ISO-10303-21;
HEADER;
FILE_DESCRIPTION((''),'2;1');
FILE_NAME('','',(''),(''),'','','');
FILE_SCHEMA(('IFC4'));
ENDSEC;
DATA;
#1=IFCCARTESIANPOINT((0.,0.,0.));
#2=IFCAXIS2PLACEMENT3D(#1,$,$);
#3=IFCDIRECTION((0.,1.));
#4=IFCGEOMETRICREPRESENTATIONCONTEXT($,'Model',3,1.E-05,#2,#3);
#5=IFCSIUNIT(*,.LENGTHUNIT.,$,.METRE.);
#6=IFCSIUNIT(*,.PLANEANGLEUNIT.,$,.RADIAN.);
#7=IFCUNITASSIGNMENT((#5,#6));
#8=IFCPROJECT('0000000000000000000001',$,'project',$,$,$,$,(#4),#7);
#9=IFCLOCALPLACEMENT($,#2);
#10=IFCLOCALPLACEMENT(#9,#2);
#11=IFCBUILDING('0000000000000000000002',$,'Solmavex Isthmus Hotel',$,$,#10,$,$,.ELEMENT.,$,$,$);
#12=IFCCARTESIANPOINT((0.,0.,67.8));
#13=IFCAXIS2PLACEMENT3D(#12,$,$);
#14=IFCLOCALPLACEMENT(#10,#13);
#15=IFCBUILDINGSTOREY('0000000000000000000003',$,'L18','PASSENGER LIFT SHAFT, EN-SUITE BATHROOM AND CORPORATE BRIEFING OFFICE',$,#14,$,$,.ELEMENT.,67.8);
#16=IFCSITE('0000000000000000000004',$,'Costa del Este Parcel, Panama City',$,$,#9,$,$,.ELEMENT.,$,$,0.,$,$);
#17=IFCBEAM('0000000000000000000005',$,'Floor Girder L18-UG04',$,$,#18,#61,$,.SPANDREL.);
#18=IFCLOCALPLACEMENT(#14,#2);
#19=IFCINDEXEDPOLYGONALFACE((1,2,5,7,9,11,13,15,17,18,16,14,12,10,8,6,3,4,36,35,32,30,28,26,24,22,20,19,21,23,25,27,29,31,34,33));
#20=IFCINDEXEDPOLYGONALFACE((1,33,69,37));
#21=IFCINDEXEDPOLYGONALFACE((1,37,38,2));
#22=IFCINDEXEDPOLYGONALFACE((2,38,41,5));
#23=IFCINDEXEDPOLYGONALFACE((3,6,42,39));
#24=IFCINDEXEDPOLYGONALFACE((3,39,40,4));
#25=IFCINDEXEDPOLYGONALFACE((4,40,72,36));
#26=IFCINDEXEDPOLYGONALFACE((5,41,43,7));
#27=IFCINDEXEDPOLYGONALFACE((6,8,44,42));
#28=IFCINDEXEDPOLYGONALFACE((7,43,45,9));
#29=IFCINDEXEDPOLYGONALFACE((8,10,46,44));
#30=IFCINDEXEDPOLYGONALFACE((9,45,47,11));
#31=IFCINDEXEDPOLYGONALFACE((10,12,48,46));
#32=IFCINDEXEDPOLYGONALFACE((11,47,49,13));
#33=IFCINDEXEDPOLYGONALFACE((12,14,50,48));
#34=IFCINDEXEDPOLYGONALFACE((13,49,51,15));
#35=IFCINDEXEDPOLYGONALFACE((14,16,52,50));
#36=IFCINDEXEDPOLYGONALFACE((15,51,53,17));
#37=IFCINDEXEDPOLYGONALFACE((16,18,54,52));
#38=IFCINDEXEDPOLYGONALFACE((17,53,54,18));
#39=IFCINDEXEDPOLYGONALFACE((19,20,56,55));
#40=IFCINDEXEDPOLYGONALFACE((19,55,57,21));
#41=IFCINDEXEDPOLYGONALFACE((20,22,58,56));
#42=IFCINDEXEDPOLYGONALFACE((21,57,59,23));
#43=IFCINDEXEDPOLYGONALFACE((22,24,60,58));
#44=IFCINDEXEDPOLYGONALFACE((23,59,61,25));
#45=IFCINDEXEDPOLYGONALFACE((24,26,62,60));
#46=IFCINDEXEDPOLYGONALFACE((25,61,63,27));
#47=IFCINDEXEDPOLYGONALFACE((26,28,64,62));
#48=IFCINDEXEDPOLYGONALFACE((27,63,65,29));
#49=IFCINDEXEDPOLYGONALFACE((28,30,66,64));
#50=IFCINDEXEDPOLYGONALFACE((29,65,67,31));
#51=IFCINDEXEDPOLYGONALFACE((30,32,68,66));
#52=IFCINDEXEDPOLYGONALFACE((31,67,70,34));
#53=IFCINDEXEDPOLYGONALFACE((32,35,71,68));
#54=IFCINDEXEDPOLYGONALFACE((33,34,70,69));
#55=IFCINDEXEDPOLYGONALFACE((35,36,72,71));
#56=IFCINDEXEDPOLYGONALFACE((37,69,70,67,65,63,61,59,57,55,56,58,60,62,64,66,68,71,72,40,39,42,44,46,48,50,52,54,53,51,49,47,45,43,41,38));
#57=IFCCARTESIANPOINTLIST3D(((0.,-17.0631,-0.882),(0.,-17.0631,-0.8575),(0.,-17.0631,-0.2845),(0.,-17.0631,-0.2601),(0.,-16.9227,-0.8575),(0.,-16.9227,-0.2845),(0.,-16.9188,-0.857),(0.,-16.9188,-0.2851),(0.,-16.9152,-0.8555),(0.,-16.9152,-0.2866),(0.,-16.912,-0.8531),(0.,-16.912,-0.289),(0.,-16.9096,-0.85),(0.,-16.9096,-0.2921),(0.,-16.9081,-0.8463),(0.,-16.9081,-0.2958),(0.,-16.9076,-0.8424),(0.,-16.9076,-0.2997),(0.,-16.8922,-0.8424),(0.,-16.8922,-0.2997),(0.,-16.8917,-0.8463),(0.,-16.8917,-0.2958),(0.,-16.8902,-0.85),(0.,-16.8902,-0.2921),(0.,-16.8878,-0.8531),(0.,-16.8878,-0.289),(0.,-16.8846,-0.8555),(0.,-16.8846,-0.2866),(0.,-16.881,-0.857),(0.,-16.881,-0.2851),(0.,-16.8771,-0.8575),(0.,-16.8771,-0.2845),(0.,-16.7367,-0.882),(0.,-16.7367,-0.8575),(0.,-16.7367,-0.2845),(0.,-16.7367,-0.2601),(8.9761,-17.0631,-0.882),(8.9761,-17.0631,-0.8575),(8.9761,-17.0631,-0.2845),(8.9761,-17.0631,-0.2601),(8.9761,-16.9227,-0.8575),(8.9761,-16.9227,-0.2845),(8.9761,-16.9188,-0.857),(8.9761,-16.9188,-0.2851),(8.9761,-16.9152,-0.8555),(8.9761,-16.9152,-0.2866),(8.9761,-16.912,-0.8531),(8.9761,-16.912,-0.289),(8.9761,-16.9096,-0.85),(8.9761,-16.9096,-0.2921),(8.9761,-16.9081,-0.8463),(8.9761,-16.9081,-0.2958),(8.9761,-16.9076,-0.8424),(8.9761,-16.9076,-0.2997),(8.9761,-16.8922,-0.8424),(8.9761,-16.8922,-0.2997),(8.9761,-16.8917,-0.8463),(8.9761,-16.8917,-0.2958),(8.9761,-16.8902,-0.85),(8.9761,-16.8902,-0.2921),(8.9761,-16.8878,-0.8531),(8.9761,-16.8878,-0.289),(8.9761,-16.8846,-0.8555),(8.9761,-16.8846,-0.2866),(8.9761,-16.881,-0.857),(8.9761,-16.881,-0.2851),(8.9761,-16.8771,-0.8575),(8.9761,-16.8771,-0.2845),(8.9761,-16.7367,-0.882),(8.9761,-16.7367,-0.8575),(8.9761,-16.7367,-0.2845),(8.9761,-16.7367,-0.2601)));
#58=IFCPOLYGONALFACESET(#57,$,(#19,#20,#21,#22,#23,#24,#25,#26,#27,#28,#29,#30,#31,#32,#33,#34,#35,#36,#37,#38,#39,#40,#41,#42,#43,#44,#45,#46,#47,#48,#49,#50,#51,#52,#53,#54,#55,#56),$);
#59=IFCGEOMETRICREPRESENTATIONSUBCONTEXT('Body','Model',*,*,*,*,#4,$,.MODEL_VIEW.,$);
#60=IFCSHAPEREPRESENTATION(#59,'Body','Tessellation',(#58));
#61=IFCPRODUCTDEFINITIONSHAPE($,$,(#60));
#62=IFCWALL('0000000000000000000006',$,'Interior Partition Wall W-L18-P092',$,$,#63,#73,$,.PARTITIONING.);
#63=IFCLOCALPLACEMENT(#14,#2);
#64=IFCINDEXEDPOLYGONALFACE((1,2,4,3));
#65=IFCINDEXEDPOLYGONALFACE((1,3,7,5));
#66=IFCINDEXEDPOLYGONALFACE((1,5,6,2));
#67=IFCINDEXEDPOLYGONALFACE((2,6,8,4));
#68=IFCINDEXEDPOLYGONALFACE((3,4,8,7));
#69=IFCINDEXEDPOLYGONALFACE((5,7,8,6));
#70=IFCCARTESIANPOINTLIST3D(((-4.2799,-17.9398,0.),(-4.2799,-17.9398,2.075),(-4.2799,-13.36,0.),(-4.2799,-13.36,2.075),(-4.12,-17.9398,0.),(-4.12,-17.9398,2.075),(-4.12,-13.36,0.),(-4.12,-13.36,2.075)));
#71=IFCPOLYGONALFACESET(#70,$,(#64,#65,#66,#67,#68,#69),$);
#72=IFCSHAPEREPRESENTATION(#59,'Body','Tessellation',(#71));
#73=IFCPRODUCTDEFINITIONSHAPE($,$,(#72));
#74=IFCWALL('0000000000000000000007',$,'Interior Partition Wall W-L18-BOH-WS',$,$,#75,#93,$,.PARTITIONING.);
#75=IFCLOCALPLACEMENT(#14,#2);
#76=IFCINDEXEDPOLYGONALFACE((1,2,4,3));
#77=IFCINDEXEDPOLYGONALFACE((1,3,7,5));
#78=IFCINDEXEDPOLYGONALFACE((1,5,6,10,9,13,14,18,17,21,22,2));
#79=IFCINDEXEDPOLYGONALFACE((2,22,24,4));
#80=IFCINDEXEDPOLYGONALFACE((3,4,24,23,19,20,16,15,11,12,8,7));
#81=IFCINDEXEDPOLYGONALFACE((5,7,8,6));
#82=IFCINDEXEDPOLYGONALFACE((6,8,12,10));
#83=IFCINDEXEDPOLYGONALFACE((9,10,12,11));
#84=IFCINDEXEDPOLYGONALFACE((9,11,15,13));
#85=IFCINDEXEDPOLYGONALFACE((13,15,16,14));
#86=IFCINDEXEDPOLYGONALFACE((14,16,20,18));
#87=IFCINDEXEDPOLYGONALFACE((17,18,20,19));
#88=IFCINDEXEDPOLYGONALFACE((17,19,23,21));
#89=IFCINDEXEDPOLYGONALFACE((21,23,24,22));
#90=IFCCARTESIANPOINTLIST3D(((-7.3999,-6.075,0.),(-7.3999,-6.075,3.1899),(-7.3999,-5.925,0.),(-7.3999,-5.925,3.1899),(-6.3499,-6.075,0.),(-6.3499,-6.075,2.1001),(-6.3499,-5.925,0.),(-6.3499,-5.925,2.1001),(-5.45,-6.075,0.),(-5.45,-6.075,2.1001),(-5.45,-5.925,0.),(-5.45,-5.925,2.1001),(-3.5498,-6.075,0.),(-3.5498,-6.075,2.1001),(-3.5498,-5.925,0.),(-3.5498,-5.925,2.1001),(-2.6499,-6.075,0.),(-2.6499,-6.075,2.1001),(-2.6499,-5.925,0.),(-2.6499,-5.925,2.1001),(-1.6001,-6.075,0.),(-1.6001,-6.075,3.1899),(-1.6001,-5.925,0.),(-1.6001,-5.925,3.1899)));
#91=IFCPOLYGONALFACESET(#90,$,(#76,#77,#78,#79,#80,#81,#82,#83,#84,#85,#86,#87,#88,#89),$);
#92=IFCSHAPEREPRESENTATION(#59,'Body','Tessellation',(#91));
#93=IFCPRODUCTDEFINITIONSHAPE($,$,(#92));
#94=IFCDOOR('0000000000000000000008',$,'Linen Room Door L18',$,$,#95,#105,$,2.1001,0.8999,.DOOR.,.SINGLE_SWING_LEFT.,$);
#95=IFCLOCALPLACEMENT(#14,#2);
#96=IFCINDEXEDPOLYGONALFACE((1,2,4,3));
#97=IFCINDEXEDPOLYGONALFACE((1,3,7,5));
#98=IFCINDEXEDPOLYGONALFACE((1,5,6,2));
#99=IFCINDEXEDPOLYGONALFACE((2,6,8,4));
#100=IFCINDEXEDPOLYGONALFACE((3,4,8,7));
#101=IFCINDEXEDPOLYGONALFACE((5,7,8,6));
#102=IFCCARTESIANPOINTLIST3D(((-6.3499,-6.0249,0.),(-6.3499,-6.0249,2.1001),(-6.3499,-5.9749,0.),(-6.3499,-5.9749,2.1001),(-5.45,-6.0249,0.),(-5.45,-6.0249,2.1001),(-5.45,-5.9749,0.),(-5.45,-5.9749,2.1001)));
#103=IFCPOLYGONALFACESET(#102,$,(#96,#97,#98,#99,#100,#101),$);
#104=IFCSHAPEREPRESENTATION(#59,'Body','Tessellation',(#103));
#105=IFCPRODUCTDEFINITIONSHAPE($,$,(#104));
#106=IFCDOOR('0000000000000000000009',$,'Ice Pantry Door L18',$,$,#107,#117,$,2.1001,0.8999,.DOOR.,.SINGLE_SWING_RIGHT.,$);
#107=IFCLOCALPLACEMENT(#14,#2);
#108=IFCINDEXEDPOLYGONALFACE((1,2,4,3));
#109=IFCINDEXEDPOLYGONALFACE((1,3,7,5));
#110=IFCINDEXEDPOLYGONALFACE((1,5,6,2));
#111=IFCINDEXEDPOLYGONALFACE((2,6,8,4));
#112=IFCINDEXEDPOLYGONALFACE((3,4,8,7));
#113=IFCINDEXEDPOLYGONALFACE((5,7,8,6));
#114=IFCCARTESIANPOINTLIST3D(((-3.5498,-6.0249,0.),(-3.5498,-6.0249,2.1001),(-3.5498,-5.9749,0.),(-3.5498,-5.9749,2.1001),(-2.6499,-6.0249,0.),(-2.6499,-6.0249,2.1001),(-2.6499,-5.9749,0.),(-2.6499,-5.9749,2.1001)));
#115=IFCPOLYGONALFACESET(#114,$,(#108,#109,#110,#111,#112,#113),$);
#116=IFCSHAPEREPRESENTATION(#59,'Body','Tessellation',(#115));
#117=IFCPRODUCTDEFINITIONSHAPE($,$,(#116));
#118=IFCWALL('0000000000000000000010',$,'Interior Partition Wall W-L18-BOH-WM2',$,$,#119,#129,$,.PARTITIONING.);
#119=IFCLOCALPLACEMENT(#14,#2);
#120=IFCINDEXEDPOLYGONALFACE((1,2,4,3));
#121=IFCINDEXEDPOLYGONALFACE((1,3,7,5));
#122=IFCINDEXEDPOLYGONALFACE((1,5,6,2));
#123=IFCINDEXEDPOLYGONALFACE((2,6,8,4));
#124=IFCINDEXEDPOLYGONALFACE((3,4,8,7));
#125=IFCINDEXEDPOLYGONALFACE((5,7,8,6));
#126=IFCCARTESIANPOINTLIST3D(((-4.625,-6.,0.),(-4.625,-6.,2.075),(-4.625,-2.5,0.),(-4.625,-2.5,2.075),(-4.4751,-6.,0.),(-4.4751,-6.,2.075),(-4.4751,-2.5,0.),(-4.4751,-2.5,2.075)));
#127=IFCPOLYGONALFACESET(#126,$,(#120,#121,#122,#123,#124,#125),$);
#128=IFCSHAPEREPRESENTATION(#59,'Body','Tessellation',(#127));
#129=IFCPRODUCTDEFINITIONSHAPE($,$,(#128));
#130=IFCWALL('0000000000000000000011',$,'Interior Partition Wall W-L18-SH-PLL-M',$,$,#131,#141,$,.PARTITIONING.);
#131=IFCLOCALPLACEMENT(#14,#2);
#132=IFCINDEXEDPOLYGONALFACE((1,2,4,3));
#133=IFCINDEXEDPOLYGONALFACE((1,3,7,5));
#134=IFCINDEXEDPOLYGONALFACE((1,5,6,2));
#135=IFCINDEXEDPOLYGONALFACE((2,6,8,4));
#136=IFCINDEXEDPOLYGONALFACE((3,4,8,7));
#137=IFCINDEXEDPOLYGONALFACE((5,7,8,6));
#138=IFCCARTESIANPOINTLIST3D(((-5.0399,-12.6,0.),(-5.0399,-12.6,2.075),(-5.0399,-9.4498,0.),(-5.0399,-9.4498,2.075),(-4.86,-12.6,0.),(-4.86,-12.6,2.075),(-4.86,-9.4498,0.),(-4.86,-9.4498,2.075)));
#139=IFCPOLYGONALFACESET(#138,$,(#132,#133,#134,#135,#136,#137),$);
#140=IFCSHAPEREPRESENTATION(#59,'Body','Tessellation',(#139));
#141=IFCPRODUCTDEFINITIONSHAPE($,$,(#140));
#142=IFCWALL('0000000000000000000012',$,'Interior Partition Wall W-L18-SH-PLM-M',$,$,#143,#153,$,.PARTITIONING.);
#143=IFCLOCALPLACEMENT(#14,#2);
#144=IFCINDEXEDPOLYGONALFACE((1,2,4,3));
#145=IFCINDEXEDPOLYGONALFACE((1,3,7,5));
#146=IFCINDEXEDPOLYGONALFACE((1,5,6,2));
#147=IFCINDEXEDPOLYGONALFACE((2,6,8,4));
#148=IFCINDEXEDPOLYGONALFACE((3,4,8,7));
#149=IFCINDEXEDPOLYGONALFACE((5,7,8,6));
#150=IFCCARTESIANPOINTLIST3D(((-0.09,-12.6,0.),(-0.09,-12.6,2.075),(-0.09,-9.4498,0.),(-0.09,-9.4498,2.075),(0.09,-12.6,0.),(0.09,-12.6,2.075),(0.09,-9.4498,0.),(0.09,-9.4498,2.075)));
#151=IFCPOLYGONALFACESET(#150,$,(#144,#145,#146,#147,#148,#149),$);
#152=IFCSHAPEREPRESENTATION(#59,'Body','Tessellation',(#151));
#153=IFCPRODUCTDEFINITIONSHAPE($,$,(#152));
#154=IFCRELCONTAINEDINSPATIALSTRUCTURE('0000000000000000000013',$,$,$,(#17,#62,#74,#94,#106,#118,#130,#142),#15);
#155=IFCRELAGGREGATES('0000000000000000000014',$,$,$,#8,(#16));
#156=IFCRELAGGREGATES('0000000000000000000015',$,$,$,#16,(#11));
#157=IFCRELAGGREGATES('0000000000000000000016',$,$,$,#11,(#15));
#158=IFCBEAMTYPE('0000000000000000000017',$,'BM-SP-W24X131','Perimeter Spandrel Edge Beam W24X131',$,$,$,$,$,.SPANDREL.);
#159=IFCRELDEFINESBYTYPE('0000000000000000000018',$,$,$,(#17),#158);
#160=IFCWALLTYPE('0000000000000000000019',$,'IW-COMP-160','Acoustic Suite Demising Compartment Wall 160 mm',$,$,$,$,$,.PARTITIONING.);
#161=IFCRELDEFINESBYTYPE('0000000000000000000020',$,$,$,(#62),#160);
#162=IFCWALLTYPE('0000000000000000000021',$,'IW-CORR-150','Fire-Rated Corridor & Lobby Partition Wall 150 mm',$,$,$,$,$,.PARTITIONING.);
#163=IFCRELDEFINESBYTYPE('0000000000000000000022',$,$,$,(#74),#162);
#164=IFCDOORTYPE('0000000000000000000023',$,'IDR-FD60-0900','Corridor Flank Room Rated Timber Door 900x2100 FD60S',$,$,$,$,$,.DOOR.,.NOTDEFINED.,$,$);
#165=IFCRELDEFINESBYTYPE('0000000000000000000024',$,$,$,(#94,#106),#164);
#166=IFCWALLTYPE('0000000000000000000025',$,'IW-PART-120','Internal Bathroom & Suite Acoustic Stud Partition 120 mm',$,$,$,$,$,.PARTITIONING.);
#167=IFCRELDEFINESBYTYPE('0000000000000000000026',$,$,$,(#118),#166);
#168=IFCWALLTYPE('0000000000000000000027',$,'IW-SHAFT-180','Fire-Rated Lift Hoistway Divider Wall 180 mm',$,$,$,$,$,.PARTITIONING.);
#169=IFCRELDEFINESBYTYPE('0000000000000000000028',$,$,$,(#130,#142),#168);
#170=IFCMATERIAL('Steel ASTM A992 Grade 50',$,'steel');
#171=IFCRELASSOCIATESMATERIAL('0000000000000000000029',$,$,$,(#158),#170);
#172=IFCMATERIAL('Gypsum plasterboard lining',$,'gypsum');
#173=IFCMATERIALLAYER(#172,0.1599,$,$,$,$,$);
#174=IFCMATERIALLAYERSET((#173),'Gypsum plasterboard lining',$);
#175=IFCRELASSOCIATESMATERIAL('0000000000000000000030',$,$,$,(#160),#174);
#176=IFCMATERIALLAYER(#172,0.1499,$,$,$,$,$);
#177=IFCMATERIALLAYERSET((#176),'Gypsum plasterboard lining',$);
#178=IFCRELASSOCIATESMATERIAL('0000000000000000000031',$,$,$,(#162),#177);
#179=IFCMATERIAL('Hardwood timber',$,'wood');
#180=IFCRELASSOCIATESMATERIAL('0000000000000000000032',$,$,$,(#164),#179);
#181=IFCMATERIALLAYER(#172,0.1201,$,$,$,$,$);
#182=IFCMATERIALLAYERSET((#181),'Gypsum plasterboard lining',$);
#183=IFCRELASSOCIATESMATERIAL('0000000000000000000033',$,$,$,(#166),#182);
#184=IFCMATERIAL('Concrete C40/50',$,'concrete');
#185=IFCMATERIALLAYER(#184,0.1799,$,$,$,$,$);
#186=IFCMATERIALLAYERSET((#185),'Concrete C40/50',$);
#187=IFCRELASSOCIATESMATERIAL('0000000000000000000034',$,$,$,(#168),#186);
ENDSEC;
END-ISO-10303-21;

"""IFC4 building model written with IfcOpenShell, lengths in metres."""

from ifc_helpers import new_model, si_unit, direction, frame, frame_2d, origin, origin_2d, place, context, subcontext, project, spatial, rectangle, i_section, extrude, material, layer, layer_set, material_profile, profile_set, type_object, element, fill, save


model = new_model("IFC4")

# Units and contexts
model_context = context("Model", 3, precision=1e-05, world=origin(), true_north=direction((0.0, 1.0)))
body_context = subcontext(model_context, "Body", "Model", "MODEL_VIEW")
ifc_project = project(units=[si_unit("LENGTHUNIT", "METRE"), si_unit("PLANEANGLEUNIT", "RADIAN")], contexts=[model_context])

# Site, building, storey
site_placement = place(None, origin())
site = spatial("IfcSite", under=ifc_project, at=site_placement, Name="Costa del Este Parcel, Panama City", CompositionType="ELEMENT", RefElevation=0.0)
building_placement = place(site_placement, origin())
building = spatial("IfcBuilding", under=site, at=building_placement, Name="Solmavex Isthmus Hotel", CompositionType="ELEMENT")
storey_placement = place(building_placement, frame((0.0, 0.0, 67.8)))
storey = spatial("IfcBuildingStorey", under=building, at=storey_placement, Name="L18", Description="PASSENGER LIFT SHAFT, EN-SUITE BATHROOM AND CORPORATE BRIEFING OFFICE", CompositionType="ELEMENT", Elevation=67.8)

# Beam
ifc_material_1 = material(Name="Steel ASTM A992 Grade 50", Category="steel")
ifc_material_profile_1 = material_profile(ifc_material_1, i_section(OverallWidth=0.3264, OverallDepth=0.6218, WebThickness=0.0154, FlangeThickness=0.0244, FilletRadius=0.0151, at=origin_2d()), Name="W24X131")
ifc_profile_set_1 = profile_set([ifc_material_profile_1], Name="Steel ASTM A992 Grade 50")
beam_type_1 = type_object("IfcBeamType", Name="BM-SP-W24X131", Description="Perimeter Spandrel Edge Beam W24X131", PredefinedType="SPANDREL", material=ifc_profile_set_1)
beam_1_placement = place(storey_placement, frame((0.0, -16.8999, -0.571), z_axis=(1.0, 0.0, 0.0), x_axis=(0.0, 1.0, 0.0)))
element("IfcBeam", 1, at=beam_1_placement, inside=storey, type_object=beam_type_1, Name="Floor Girder L18-UG04", PredefinedType="SPANDREL", context=body_context, shape_type="SweptSolid", body=[
    extrude(i_section(OverallWidth=0.3264, OverallDepth=0.6218, WebThickness=0.0154, FlangeThickness=0.0244, FilletRadius=0.0151, at=origin_2d()), origin(), (0.0, 0.0, 1.0), 8.9761),
])

# Wall
ifc_material_2 = material(Name="Gypsum plasterboard lining", Category="gypsum")
ifc_layer_1 = layer(ifc_material_2, 0.1599)
ifc_layer_set_1 = layer_set([ifc_layer_1], Name="Gypsum plasterboard lining")
wall_type_1 = type_object("IfcWallType", Name="IW-COMP-160", Description="Acoustic Suite Demising Compartment Wall 160 mm", PredefinedType="PARTITIONING", material=ifc_layer_set_1)
wall_1_placement = place(storey_placement, frame((-4.2, -17.9399, 0.0), z_axis=(0.0, 0.0, 1.0), x_axis=(0.0, 1.0, 0.0)))
element("IfcWall", 2, at=wall_1_placement, inside=storey, type_object=wall_type_1, Name="Interior Partition Wall W-L18-P092", PredefinedType="PARTITIONING", context=body_context, shape_type="SweptSolid", body=[
    extrude(rectangle(XDim=4.5798, YDim=0.1599, at=frame_2d((2.29, 0.0))), origin(), (0.0, 0.0, 1.0), 2.075),
])

# Wall, openings, doors
ifc_layer_2 = layer(ifc_material_2, 0.1499)
ifc_layer_set_2 = layer_set([ifc_layer_2], Name="Gypsum plasterboard lining")
wall_type_2 = type_object("IfcWallType", Name="IW-CORR-150", Description="Fire-Rated Corridor & Lobby Partition Wall 150 mm", PredefinedType="PARTITIONING", material=ifc_layer_set_2)
wall_2_placement = place(storey_placement, frame((-7.3999, -6.0, 0.0), z_axis=(0.0, 0.0, 1.0), x_axis=(1.0, 0.0, 0.0)))
wall_2 = element("IfcWall", 3, at=wall_2_placement, inside=storey, type_object=wall_type_2, Name="Interior Partition Wall W-L18-BOH-WS", PredefinedType="PARTITIONING", context=body_context, shape_type="SweptSolid", body=[
    extrude(rectangle(XDim=5.7998, YDim=0.1499, at=frame_2d((2.8999, 0.0))), origin(), (0.0, 0.0, 1.0), 3.1899),
])
opening_1_placement = place(wall_2_placement, frame((1.05, 0.0, 0.0)))
opening_1 = element("IfcOpeningElement", 4, at=opening_1_placement, cuts=wall_2, PredefinedType="OPENING", context=body_context, shape_type="SweptSolid", body=[
    extrude(rectangle(XDim=0.8999, YDim=2.1001, at=frame_2d((0.45, 1.05))), frame((0.0, 0.085, 0.0), z_axis=(0.0, -1.0, 0.0), x_axis=(1.0, 0.0, 0.0)), (0.0, 0.0, 1.0), 0.1699),
])
opening_2_placement = place(wall_2_placement, frame((3.8501, 0.0, 0.0)))
opening_2 = element("IfcOpeningElement", 5, at=opening_2_placement, cuts=wall_2, PredefinedType="OPENING", context=body_context, shape_type="SweptSolid", body=[
    extrude(rectangle(XDim=0.8999, YDim=2.1001, at=frame_2d((0.45, 1.05))), frame((0.0, 0.085, 0.0), z_axis=(0.0, -1.0, 0.0), x_axis=(1.0, 0.0, 0.0)), (0.0, 0.0, 1.0), 0.1699),
])
ifc_material_3 = material(Name="Hardwood timber", Category="wood")
door_type_1 = type_object("IfcDoorType", Name="IDR-FD60-0900", Description="Corridor Flank Room Rated Timber Door 900x2100 FD60S", OperationType="NOTDEFINED", PredefinedType="DOOR", material=ifc_material_3)
door_1_placement = place(opening_1_placement, frame((0.8999, 0.0, 0.0), z_axis=(0.0, 0.0, 1.0), x_axis=(-1.0, 0.0, 0.0)))
door_1 = element("IfcDoor", 6, at=door_1_placement, inside=storey, type_object=door_type_1, Name="Linen Room Door L18", OperationType="SINGLE_SWING_LEFT", OverallHeight=2.1001, OverallWidth=0.8999, PredefinedType="DOOR", context=body_context, shape_type="SweptSolid", body=[
    extrude(rectangle(XDim=0.8999, YDim=2.1001, at=frame_2d((0.45, 1.05))), frame((0.0, 0.0249, 0.0), z_axis=(0.0, -1.0, 0.0), x_axis=(1.0, 0.0, 0.0)), (0.0, 0.0, 1.0), 0.05),
])
fill(opening_1, door_1)
door_2_placement = place(opening_2_placement, frame((0.8999, 0.0, 0.0), z_axis=(0.0, 0.0, 1.0), x_axis=(-1.0, 0.0, 0.0)))
door_2 = element("IfcDoor", 7, at=door_2_placement, inside=storey, type_object=door_type_1, Name="Ice Pantry Door L18", OperationType="SINGLE_SWING_RIGHT", OverallHeight=2.1001, OverallWidth=0.8999, PredefinedType="DOOR", context=body_context, shape_type="SweptSolid", body=[
    extrude(rectangle(XDim=0.8999, YDim=2.1001, at=frame_2d((0.45, 1.05))), frame((0.0, 0.0249, 0.0), z_axis=(0.0, -1.0, 0.0), x_axis=(1.0, 0.0, 0.0)), (0.0, 0.0, 1.0), 0.05),
])
fill(opening_2, door_2)

# Walls
ifc_layer_3 = layer(ifc_material_2, 0.1201)
ifc_layer_set_3 = layer_set([ifc_layer_3], Name="Gypsum plasterboard lining")
wall_type_3 = type_object("IfcWallType", Name="IW-PART-120", Description="Internal Bathroom & Suite Acoustic Stud Partition 120 mm", PredefinedType="PARTITIONING", material=ifc_layer_set_3)
wall_3_placement = place(storey_placement, frame((-4.55, -6.0, 0.0), z_axis=(0.0, 0.0, 1.0), x_axis=(0.0, 1.0, 0.0)))
element("IfcWall", 8, at=wall_3_placement, inside=storey, type_object=wall_type_3, Name="Interior Partition Wall W-L18-BOH-WM2", PredefinedType="PARTITIONING", context=body_context, shape_type="SweptSolid", body=[
    extrude(rectangle(XDim=3.5, YDim=0.1499, at=frame_2d((1.75, 0.0))), origin(), (0.0, 0.0, 1.0), 2.075),
])
ifc_material_4 = material(Name="Concrete C40/50", Category="concrete")
ifc_layer_4 = layer(ifc_material_4, 0.1799)
ifc_layer_set_4 = layer_set([ifc_layer_4], Name="Concrete C40/50")
wall_type_4 = type_object("IfcWallType", Name="IW-SHAFT-180", Description="Fire-Rated Lift Hoistway Divider Wall 180 mm", PredefinedType="PARTITIONING", material=ifc_layer_set_4)
for number, where, z_axis, x_axis, name in (
    (9, (-4.95, -12.6001, 0.0), (0.0, 0.0, 1.0), (0.0, 1.0, 0.0), "Interior Partition Wall W-L18-SH-PLL-M"),
    (10, (0.0, -12.6001, 0.0), (0.0, 0.0, 1.0), (0.0, 1.0, 0.0), "Interior Partition Wall W-L18-SH-PLM-M"),
):
    element("IfcWall", number, at=place(storey_placement, frame(where, z_axis=z_axis, x_axis=x_axis)), inside=storey, type_object=wall_type_4, Name=name, PredefinedType="PARTITIONING", context=body_context, shape_type="SweptSolid", body=[
        extrude(rectangle(XDim=3.1501, YDim=0.1799, at=frame_2d((1.5752, 0.0))), origin(), (0.0, 0.0, 1.0), 2.075),
    ])

save(model, "model.ifc")
